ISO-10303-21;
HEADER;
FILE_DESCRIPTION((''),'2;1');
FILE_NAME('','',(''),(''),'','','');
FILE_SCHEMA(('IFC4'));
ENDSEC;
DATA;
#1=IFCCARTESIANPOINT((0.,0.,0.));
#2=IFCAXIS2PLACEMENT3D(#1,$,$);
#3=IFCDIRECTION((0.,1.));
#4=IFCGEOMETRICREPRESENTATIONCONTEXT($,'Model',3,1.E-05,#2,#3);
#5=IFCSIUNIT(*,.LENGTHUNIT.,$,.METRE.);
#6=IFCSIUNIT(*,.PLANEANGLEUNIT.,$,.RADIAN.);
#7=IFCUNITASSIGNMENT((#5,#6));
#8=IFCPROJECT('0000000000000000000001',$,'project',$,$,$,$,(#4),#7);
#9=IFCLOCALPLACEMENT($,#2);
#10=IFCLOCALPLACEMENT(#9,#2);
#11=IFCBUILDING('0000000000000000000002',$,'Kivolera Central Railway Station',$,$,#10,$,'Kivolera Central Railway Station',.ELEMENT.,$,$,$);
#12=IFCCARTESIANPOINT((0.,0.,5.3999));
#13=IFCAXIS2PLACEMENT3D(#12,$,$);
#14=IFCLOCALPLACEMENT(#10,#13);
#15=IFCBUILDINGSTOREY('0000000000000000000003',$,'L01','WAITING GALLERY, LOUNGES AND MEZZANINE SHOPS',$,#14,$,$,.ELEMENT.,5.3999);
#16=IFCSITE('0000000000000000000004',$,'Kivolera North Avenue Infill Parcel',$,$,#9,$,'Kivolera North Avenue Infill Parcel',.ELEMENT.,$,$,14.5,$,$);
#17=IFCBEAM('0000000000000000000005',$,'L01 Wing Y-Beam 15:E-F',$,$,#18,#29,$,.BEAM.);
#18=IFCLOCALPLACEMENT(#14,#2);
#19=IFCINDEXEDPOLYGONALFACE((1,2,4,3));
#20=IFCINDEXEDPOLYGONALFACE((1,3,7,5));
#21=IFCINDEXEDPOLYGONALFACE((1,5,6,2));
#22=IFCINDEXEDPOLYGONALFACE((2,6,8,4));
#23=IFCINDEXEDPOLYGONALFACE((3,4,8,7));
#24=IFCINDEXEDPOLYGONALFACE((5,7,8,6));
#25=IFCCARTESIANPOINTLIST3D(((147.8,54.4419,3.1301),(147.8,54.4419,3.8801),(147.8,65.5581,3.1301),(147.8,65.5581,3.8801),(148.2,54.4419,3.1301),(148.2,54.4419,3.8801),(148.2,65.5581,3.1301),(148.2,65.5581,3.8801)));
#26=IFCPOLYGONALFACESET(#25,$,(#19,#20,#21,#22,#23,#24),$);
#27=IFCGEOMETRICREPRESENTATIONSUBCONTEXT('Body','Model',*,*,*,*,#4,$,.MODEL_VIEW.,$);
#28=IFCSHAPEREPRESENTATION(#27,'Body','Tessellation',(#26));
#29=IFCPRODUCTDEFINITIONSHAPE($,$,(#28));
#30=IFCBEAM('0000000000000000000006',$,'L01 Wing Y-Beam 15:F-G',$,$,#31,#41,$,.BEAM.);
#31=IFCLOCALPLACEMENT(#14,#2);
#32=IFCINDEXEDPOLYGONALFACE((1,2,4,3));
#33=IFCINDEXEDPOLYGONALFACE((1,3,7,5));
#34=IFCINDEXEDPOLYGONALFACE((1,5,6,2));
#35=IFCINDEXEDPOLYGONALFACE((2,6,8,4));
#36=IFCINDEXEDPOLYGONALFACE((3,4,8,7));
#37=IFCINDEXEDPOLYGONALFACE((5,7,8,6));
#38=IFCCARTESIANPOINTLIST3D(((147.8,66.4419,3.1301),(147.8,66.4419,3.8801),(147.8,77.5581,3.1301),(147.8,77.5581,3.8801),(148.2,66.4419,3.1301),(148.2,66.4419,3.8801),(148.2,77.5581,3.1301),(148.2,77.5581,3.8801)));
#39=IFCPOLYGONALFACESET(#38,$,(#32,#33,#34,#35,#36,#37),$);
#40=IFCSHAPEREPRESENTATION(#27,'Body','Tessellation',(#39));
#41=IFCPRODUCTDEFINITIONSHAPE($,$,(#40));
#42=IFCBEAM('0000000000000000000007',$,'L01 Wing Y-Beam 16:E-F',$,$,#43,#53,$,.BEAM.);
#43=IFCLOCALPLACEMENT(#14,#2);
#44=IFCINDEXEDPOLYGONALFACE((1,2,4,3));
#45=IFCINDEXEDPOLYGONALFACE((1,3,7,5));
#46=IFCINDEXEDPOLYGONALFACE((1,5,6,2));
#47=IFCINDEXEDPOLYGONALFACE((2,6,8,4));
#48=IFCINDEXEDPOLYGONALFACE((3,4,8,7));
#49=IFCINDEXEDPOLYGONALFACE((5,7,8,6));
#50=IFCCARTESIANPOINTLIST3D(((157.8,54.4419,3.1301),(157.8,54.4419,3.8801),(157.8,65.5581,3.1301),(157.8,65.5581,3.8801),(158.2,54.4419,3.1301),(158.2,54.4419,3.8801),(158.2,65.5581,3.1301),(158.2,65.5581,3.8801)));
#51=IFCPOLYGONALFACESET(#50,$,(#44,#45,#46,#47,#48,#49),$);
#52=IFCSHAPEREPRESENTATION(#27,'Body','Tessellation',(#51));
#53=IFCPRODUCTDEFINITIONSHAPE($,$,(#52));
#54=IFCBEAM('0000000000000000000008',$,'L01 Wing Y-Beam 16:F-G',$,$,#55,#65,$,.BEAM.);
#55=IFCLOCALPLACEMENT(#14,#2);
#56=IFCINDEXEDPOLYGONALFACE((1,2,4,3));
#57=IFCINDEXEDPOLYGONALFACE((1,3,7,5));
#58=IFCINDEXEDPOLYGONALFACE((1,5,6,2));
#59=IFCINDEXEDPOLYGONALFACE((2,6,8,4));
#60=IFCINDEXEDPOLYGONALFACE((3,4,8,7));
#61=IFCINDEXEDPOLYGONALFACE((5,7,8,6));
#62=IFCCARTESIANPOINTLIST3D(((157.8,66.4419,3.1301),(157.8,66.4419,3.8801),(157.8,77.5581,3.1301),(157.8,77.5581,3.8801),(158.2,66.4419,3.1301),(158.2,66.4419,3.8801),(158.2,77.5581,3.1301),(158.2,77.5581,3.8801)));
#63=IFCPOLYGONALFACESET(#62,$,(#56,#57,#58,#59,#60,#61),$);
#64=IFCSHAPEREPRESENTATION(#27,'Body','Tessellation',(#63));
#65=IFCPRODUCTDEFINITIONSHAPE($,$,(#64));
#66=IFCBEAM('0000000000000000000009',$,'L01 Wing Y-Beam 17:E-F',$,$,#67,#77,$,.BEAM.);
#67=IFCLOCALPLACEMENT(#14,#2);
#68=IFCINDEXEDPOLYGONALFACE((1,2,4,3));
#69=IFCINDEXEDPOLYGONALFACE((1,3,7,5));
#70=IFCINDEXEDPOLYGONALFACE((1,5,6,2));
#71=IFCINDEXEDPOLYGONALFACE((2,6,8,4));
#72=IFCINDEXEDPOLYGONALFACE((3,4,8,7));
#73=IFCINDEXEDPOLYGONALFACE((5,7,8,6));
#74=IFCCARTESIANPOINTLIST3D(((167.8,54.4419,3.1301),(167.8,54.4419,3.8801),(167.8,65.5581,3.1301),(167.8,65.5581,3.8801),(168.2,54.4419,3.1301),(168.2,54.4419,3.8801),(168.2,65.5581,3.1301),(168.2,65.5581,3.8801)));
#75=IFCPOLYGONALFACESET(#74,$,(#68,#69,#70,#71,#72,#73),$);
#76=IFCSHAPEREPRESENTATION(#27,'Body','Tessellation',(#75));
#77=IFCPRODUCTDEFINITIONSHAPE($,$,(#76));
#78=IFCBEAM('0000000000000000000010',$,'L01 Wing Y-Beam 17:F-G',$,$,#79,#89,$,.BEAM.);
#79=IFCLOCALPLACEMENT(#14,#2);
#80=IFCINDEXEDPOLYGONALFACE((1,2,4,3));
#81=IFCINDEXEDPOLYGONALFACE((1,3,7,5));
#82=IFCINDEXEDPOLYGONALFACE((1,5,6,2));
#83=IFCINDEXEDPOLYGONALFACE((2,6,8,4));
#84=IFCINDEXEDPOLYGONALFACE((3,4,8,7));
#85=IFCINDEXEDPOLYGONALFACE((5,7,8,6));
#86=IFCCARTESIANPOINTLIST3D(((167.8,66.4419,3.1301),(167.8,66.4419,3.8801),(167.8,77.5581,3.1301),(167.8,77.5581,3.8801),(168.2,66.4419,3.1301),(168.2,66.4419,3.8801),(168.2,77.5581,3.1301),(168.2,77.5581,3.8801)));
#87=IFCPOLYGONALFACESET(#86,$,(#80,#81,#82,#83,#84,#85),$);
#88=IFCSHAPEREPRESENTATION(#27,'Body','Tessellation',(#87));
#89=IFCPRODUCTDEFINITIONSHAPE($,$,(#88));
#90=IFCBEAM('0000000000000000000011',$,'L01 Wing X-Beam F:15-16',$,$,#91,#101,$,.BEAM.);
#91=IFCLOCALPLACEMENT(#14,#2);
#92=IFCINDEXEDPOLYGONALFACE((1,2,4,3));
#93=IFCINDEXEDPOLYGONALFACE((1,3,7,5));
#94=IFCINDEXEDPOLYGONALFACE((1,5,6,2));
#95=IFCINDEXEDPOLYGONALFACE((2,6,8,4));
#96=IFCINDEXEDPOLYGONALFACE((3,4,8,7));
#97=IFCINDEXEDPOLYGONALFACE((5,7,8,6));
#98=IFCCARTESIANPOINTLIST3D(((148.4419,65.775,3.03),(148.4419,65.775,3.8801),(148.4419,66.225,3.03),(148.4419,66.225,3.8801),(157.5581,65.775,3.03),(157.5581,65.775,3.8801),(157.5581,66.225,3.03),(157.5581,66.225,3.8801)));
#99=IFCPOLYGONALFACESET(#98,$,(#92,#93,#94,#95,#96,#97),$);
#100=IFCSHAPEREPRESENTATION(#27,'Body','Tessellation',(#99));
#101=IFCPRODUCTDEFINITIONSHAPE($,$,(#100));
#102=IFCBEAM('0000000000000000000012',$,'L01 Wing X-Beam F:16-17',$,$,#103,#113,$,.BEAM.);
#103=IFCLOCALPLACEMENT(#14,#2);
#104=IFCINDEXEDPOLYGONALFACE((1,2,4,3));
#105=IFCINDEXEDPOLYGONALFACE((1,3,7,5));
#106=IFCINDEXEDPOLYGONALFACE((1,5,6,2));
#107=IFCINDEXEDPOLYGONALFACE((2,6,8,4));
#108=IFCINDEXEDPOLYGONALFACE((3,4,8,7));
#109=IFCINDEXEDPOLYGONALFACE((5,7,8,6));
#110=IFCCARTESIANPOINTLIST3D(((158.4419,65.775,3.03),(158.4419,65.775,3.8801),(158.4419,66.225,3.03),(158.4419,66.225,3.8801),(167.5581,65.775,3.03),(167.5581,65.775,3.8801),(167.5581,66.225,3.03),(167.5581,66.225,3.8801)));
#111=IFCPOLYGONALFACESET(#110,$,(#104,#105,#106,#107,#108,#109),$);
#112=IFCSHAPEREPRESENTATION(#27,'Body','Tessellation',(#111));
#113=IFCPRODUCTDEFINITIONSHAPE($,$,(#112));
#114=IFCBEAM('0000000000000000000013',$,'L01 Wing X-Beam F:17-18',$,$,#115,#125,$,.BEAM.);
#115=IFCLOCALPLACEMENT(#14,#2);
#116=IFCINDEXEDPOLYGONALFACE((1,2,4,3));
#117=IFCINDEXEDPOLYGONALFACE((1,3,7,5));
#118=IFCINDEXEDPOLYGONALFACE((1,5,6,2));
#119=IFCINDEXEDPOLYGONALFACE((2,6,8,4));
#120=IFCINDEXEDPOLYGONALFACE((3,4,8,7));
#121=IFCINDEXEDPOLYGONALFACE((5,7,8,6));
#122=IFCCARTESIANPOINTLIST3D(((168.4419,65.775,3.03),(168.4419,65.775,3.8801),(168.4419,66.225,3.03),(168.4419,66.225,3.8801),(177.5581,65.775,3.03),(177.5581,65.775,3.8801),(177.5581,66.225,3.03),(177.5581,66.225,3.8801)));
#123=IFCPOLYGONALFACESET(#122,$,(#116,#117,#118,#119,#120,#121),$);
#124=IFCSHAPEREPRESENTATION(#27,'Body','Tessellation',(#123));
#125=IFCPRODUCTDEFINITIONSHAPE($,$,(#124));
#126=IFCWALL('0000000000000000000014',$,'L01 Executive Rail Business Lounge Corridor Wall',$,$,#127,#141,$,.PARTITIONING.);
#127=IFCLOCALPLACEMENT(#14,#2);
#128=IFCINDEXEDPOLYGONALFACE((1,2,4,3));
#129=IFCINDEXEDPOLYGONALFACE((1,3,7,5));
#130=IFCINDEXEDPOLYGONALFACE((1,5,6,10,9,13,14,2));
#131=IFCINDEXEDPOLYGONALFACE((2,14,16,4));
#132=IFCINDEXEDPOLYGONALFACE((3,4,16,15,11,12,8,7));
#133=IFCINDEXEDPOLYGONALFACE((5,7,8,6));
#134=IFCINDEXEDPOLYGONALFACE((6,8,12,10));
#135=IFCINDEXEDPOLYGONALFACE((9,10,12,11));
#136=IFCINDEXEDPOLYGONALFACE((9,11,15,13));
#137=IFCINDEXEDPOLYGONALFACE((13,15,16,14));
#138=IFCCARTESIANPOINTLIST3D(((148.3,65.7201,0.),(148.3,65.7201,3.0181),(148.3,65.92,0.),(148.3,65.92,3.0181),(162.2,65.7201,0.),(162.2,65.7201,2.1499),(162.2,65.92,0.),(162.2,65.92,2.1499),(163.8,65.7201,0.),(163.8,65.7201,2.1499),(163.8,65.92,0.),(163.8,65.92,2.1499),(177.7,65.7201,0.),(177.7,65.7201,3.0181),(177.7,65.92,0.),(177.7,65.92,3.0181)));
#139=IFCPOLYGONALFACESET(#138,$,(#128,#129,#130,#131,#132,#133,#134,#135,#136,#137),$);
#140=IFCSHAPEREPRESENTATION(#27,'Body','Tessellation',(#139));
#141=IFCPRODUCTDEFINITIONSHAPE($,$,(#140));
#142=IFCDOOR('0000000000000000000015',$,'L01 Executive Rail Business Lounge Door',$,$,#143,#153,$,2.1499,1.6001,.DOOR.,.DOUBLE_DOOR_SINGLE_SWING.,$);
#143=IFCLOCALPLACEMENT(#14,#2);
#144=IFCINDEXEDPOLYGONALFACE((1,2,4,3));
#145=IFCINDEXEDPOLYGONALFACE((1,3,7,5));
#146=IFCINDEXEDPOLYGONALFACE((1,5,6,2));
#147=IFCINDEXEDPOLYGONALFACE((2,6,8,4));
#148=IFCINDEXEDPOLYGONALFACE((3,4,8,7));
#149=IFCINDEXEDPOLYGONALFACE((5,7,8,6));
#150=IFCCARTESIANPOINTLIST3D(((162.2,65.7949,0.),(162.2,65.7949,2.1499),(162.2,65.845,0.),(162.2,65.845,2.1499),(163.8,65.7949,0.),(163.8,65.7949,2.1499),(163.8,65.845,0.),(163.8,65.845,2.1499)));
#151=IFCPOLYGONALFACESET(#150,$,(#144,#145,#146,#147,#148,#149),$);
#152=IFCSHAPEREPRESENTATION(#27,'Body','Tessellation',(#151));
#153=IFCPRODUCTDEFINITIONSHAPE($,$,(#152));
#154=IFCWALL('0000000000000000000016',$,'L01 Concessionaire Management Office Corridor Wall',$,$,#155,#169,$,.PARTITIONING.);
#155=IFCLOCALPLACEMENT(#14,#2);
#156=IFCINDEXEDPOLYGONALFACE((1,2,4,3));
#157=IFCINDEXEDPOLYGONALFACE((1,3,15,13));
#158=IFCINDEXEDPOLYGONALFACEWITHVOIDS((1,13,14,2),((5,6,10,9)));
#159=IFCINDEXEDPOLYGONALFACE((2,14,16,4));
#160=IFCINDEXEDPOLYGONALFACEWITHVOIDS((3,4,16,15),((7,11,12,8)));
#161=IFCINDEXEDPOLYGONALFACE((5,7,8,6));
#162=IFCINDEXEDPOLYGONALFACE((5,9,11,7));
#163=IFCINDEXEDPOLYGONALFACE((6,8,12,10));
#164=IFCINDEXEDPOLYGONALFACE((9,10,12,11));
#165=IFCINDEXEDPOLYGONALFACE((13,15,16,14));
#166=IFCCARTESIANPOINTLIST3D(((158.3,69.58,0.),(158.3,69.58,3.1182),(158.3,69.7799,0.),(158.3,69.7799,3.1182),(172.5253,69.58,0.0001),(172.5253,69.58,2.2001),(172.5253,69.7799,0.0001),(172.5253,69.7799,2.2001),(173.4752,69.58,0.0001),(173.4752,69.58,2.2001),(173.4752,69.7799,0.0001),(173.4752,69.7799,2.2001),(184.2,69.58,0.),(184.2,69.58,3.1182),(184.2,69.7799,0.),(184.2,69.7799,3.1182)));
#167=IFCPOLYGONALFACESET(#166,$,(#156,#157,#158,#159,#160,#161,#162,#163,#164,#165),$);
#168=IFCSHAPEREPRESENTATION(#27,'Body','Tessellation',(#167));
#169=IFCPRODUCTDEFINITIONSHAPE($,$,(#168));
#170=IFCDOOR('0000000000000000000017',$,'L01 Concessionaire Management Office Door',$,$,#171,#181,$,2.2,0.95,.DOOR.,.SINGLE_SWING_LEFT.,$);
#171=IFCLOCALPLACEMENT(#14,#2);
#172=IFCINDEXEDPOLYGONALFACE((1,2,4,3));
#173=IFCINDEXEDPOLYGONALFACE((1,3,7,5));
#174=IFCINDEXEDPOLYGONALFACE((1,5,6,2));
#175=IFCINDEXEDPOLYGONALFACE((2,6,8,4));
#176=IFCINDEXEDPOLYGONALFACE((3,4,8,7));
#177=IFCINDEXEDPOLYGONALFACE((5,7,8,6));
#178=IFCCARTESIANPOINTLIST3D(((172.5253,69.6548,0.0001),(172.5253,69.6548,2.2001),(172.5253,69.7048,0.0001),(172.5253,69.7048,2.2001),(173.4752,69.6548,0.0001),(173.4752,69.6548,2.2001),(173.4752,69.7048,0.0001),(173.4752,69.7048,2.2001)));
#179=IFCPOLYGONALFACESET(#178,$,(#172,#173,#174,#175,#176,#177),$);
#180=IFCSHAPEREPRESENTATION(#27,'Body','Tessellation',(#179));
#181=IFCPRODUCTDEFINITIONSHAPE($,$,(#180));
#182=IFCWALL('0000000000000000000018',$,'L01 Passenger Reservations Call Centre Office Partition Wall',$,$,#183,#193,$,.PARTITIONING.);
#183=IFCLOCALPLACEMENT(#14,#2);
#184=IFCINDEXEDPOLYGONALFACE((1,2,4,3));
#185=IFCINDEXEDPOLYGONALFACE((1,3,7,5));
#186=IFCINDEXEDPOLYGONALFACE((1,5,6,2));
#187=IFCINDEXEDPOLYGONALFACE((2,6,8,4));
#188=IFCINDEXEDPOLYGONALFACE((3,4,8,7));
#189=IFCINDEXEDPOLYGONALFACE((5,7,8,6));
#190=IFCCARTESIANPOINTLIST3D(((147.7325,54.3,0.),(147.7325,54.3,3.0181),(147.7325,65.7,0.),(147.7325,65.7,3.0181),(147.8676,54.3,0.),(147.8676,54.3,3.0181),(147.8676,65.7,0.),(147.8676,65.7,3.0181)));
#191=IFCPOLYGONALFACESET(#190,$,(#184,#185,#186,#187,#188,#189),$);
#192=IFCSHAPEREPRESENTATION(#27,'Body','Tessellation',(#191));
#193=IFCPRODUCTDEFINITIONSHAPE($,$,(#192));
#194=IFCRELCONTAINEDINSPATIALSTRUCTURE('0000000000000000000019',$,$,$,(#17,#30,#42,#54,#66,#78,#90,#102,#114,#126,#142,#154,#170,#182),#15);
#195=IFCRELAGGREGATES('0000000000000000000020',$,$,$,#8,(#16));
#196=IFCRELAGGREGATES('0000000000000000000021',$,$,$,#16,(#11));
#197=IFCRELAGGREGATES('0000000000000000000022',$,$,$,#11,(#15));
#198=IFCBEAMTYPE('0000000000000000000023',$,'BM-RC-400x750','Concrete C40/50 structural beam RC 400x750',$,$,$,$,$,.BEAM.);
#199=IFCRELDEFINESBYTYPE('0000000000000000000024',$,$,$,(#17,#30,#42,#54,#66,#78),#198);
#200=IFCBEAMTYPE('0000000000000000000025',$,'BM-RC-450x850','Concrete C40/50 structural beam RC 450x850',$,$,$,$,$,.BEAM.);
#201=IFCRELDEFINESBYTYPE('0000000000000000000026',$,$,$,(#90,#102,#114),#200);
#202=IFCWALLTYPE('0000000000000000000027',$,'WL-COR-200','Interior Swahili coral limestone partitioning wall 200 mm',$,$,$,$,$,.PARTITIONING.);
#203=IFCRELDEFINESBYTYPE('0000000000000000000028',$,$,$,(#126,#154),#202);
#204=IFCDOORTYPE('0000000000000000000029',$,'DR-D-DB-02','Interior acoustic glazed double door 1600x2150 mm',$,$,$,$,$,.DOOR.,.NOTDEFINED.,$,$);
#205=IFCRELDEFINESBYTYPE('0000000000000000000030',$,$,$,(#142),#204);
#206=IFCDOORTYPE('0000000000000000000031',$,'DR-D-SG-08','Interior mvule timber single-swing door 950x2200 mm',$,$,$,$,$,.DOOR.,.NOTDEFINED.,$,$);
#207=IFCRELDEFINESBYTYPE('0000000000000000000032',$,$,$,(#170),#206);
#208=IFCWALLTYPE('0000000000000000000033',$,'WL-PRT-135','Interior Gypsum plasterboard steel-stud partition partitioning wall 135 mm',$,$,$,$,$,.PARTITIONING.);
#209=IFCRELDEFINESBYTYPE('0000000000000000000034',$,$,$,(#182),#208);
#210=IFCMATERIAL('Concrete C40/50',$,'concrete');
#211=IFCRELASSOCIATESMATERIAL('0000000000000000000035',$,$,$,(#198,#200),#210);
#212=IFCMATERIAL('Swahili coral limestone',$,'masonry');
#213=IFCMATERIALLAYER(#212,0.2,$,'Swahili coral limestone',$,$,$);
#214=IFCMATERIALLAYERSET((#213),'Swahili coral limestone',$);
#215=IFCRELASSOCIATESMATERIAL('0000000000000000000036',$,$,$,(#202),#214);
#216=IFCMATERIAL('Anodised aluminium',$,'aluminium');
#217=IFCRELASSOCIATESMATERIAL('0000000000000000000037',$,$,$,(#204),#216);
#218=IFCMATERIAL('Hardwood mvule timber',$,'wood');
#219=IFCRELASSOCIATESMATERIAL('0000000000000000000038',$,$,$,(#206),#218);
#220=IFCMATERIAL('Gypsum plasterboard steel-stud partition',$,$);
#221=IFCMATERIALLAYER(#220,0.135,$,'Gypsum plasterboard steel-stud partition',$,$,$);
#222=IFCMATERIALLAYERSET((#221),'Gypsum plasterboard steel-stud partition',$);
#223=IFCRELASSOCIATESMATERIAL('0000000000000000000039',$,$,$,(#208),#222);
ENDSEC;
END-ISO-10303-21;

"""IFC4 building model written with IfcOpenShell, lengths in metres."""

from ifc_helpers import new_model, si_unit, direction, frame, frame_2d, origin, origin_2d, place, context, subcontext, project, spatial, rectangle, extrude, material, layer, layer_set, material_profile, profile_set, type_object, element, fill, save


model = new_model("IFC4")

# Units and contexts
model_context = context("Model", 3, precision=1e-05, world=origin(), true_north=direction((0.0, 1.0)))
body_context = subcontext(model_context, "Body", "Model", "MODEL_VIEW")
ifc_project = project(units=[si_unit("LENGTHUNIT", "METRE"), si_unit("PLANEANGLEUNIT", "RADIAN")], contexts=[model_context])

# Site, building, storey
site_placement = place(None, origin())
site = spatial("IfcSite", under=ifc_project, at=site_placement, Name="Kivolera North Avenue Infill Parcel", LongName="Kivolera North Avenue Infill Parcel", CompositionType="ELEMENT", RefElevation=14.5)
building_placement = place(site_placement, origin())
building = spatial("IfcBuilding", under=site, at=building_placement, Name="Kivolera Central Railway Station", LongName="Kivolera Central Railway Station", CompositionType="ELEMENT")
storey_placement = place(building_placement, frame((0.0, 0.0, 5.3999)))
storey = spatial("IfcBuildingStorey", under=building, at=storey_placement, Name="L01", Description="WAITING GALLERY, LOUNGES AND MEZZANINE SHOPS", CompositionType="ELEMENT", Elevation=5.3999)

# Shared definitions
ifc_material_1 = material(Name="Concrete C40/50", Category="concrete")

# Beams
ifc_material_profile_1 = material_profile(ifc_material_1, rectangle(XDim=0.3999, YDim=0.75, at=origin_2d()), Name="RC 400x750")
ifc_profile_set_1 = profile_set([ifc_material_profile_1], Name="Concrete C40/50")
beam_type_1 = type_object("IfcBeamType", Name="BM-RC-400x750", Description="Concrete C40/50 structural beam RC 400x750", PredefinedType="BEAM", material=ifc_profile_set_1)
for number, where, z_axis, x_axis, name in (
    (1, (148.0, 54.4419, 3.5051), (0.0, 1.0, 0.0), (-1.0, 0.0, 0.0), "L01 Wing Y-Beam 15:E-F"),
    (2, (148.0, 66.4419, 3.5051), (0.0, 1.0, 0.0), (-1.0, 0.0, 0.0), "L01 Wing Y-Beam 15:F-G"),
    (3, (158.0, 54.4419, 3.5051), (0.0, 1.0, 0.0), (-1.0, 0.0, 0.0), "L01 Wing Y-Beam 16:E-F"),
    (4, (158.0, 66.4419, 3.5051), (0.0, 1.0, 0.0), (-1.0, 0.0, 0.0), "L01 Wing Y-Beam 16:F-G"),
    (5, (168.0, 54.4419, 3.5051), (0.0, 1.0, 0.0), (-1.0, 0.0, 0.0), "L01 Wing Y-Beam 17:E-F"),
    (6, (168.0, 66.4419, 3.5051), (0.0, 1.0, 0.0), (-1.0, 0.0, 0.0), "L01 Wing Y-Beam 17:F-G"),
):
    element("IfcBeam", number, at=place(storey_placement, frame(where, z_axis=z_axis, x_axis=x_axis)), inside=storey, type_object=beam_type_1, Name=name, PredefinedType="BEAM", context=body_context, shape_type="SweptSolid", body=[
        extrude(rectangle(XDim=0.3999, YDim=0.75, at=origin_2d()), origin(), (0.0, 0.0, 1.0), 11.1162),
    ])
ifc_material_profile_2 = material_profile(ifc_material_1, rectangle(XDim=0.45, YDim=0.8501, at=origin_2d()), Name="RC 450x850")
ifc_profile_set_2 = profile_set([ifc_material_profile_2], Name="Concrete C40/50")
beam_type_2 = type_object("IfcBeamType", Name="BM-RC-450x850", Description="Concrete C40/50 structural beam RC 450x850", PredefinedType="BEAM", material=ifc_profile_set_2)
for number, where, z_axis, x_axis, name in (
    (7, (148.4419, 66.0, 3.4551), (1.0, 0.0, 0.0), (0.0, 1.0, 0.0), "L01 Wing X-Beam F:15-16"),
    (8, (158.4419, 66.0, 3.4551), (1.0, 0.0, 0.0), (0.0, 1.0, 0.0), "L01 Wing X-Beam F:16-17"),
    (9, (168.4419, 66.0, 3.4551), (1.0, 0.0, 0.0), (0.0, 1.0, 0.0), "L01 Wing X-Beam F:17-18"),
):
    element("IfcBeam", number, at=place(storey_placement, frame(where, z_axis=z_axis, x_axis=x_axis)), inside=storey, type_object=beam_type_2, Name=name, PredefinedType="BEAM", context=body_context, shape_type="SweptSolid", body=[
        extrude(rectangle(XDim=0.45, YDim=0.8501, at=origin_2d()), origin(), (0.0, 0.0, 1.0), 9.1162),
    ])

# Walls, openings, doors
ifc_material_2 = material(Name="Swahili coral limestone", Category="masonry")
ifc_layer_1 = layer(ifc_material_2, 0.2, Name="Swahili coral limestone")
ifc_layer_set_1 = layer_set([ifc_layer_1], Name="Swahili coral limestone")
wall_type_1 = type_object("IfcWallType", Name="WL-COR-200", Description="Interior Swahili coral limestone partitioning wall 200 mm", PredefinedType="PARTITIONING", material=ifc_layer_set_1)
wall_1_placement = place(storey_placement, frame((148.3, 65.8201, 0.0), z_axis=(0.0, 0.0, 1.0), x_axis=(1.0, 0.0, 0.0)))
wall_1 = element("IfcWall", 10, at=wall_1_placement, inside=storey, type_object=wall_type_1, Name="L01 Executive Rail Business Lounge Corridor Wall", PredefinedType="PARTITIONING", context=body_context, shape_type="SweptSolid", body=[
    extrude(rectangle(XDim=29.3999, YDim=0.2, at=frame_2d((14.7, 0.0))), origin(), (0.0, 0.0, 1.0), 3.0181),
])
opening_1_placement = place(wall_1_placement, frame((13.8999, 0.0, 0.0)))
opening_1 = element("IfcOpeningElement", 11, at=opening_1_placement, cuts=wall_1, PredefinedType="OPENING", context=body_context, shape_type="SweptSolid", body=[
    extrude(rectangle(XDim=1.6001, YDim=2.1499, at=frame_2d((0.8, 1.075))), frame((0.0, 0.1099, 0.0), z_axis=(0.0, -1.0, 0.0), x_axis=(1.0, 0.0, 0.0)), (0.0, 0.0, 1.0), 0.22),
])
ifc_material_3 = material(Name="Anodised aluminium", Category="aluminium")
door_type_1 = type_object("IfcDoorType", Name="DR-D-DB-02", Description="Interior acoustic glazed double door 1600x2150 mm", OperationType="NOTDEFINED", PredefinedType="DOOR", material=ifc_material_3)
door_1_placement = place(opening_1_placement, origin())
door_1 = element("IfcDoor", 12, at=door_1_placement, inside=storey, type_object=door_type_1, Name="L01 Executive Rail Business Lounge Door", OperationType="DOUBLE_DOOR_SINGLE_SWING", OverallHeight=2.1499, OverallWidth=1.6001, PredefinedType="DOOR", context=body_context, shape_type="SweptSolid", body=[
    extrude(rectangle(XDim=1.6001, YDim=2.1499, at=frame_2d((0.8, 1.075))), frame((0.0, 0.0249, 0.0), z_axis=(0.0, -1.0, 0.0), x_axis=(1.0, 0.0, 0.0)), (0.0, 0.0, 1.0), 0.05),
])
fill(opening_1, door_1)
wall_2_placement = place(storey_placement, frame((158.3, 69.6799, 0.0), z_axis=(0.0, 0.0, 1.0), x_axis=(1.0, 0.0, 0.0)))
wall_2 = element("IfcWall", 13, at=wall_2_placement, inside=storey, type_object=wall_type_1, Name="L01 Concessionaire Management Office Corridor Wall", PredefinedType="PARTITIONING", context=body_context, shape_type="SweptSolid", body=[
    extrude(rectangle(XDim=25.8999, YDim=0.2, at=frame_2d((12.95, 0.0))), origin(), (0.0, 0.0, 1.0), 3.1182),
])
opening_2_placement = place(wall_2_placement, frame((14.2251, 0.0, 0.0)))
opening_2 = element("IfcOpeningElement", 14, at=opening_2_placement, cuts=wall_2, PredefinedType="OPENING", context=body_context, shape_type="SweptSolid", body=[
    extrude(rectangle(XDim=0.95, YDim=2.2, at=frame_2d((0.4751, 1.1001))), frame((0.0, 0.1099, 0.0), z_axis=(0.0, -1.0, 0.0), x_axis=(1.0, 0.0, 0.0)), (0.0, 0.0, 1.0), 0.22),
])
ifc_material_4 = material(Name="Hardwood mvule timber", Category="wood")
door_type_2 = type_object("IfcDoorType", Name="DR-D-SG-08", Description="Interior mvule timber single-swing door 950x2200 mm", OperationType="NOTDEFINED", PredefinedType="DOOR", material=ifc_material_4)
door_2_placement = place(opening_2_placement, origin())
door_2 = element("IfcDoor", 15, at=door_2_placement, inside=storey, type_object=door_type_2, Name="L01 Concessionaire Management Office Door", OperationType="SINGLE_SWING_LEFT", OverallHeight=2.2, OverallWidth=0.95, PredefinedType="DOOR", context=body_context, shape_type="SweptSolid", body=[
    extrude(rectangle(XDim=0.95, YDim=2.2, at=frame_2d((0.4751, 1.1001))), frame((0.0, 0.0249, 0.0), z_axis=(0.0, -1.0, 0.0), x_axis=(1.0, 0.0, 0.0)), (0.0, 0.0, 1.0), 0.05),
])
fill(opening_2, door_2)

# Wall
ifc_material_5 = material(Name="Gypsum plasterboard steel-stud partition")
ifc_layer_2 = layer(ifc_material_5, 0.135, Name="Gypsum plasterboard steel-stud partition")
ifc_layer_set_2 = layer_set([ifc_layer_2], Name="Gypsum plasterboard steel-stud partition")
wall_type_2 = type_object("IfcWallType", Name="WL-PRT-135", Description="Interior Gypsum plasterboard steel-stud partition partitioning wall 135 mm", PredefinedType="PARTITIONING", material=ifc_layer_set_2)
wall_3_placement = place(storey_placement, frame((147.8, 54.3, 0.0), z_axis=(0.0, 0.0, 1.0), x_axis=(0.0, 1.0, 0.0)))
element("IfcWall", 16, at=wall_3_placement, inside=storey, type_object=wall_type_2, Name="L01 Passenger Reservations Call Centre Office Partition Wall", PredefinedType="PARTITIONING", context=body_context, shape_type="SweptSolid", body=[
    extrude(rectangle(XDim=11.3999, YDim=0.135, at=frame_2d((5.7, 0.0))), origin(), (0.0, 0.0, 1.0), 3.0181),
])

save(model, "model.ifc")
